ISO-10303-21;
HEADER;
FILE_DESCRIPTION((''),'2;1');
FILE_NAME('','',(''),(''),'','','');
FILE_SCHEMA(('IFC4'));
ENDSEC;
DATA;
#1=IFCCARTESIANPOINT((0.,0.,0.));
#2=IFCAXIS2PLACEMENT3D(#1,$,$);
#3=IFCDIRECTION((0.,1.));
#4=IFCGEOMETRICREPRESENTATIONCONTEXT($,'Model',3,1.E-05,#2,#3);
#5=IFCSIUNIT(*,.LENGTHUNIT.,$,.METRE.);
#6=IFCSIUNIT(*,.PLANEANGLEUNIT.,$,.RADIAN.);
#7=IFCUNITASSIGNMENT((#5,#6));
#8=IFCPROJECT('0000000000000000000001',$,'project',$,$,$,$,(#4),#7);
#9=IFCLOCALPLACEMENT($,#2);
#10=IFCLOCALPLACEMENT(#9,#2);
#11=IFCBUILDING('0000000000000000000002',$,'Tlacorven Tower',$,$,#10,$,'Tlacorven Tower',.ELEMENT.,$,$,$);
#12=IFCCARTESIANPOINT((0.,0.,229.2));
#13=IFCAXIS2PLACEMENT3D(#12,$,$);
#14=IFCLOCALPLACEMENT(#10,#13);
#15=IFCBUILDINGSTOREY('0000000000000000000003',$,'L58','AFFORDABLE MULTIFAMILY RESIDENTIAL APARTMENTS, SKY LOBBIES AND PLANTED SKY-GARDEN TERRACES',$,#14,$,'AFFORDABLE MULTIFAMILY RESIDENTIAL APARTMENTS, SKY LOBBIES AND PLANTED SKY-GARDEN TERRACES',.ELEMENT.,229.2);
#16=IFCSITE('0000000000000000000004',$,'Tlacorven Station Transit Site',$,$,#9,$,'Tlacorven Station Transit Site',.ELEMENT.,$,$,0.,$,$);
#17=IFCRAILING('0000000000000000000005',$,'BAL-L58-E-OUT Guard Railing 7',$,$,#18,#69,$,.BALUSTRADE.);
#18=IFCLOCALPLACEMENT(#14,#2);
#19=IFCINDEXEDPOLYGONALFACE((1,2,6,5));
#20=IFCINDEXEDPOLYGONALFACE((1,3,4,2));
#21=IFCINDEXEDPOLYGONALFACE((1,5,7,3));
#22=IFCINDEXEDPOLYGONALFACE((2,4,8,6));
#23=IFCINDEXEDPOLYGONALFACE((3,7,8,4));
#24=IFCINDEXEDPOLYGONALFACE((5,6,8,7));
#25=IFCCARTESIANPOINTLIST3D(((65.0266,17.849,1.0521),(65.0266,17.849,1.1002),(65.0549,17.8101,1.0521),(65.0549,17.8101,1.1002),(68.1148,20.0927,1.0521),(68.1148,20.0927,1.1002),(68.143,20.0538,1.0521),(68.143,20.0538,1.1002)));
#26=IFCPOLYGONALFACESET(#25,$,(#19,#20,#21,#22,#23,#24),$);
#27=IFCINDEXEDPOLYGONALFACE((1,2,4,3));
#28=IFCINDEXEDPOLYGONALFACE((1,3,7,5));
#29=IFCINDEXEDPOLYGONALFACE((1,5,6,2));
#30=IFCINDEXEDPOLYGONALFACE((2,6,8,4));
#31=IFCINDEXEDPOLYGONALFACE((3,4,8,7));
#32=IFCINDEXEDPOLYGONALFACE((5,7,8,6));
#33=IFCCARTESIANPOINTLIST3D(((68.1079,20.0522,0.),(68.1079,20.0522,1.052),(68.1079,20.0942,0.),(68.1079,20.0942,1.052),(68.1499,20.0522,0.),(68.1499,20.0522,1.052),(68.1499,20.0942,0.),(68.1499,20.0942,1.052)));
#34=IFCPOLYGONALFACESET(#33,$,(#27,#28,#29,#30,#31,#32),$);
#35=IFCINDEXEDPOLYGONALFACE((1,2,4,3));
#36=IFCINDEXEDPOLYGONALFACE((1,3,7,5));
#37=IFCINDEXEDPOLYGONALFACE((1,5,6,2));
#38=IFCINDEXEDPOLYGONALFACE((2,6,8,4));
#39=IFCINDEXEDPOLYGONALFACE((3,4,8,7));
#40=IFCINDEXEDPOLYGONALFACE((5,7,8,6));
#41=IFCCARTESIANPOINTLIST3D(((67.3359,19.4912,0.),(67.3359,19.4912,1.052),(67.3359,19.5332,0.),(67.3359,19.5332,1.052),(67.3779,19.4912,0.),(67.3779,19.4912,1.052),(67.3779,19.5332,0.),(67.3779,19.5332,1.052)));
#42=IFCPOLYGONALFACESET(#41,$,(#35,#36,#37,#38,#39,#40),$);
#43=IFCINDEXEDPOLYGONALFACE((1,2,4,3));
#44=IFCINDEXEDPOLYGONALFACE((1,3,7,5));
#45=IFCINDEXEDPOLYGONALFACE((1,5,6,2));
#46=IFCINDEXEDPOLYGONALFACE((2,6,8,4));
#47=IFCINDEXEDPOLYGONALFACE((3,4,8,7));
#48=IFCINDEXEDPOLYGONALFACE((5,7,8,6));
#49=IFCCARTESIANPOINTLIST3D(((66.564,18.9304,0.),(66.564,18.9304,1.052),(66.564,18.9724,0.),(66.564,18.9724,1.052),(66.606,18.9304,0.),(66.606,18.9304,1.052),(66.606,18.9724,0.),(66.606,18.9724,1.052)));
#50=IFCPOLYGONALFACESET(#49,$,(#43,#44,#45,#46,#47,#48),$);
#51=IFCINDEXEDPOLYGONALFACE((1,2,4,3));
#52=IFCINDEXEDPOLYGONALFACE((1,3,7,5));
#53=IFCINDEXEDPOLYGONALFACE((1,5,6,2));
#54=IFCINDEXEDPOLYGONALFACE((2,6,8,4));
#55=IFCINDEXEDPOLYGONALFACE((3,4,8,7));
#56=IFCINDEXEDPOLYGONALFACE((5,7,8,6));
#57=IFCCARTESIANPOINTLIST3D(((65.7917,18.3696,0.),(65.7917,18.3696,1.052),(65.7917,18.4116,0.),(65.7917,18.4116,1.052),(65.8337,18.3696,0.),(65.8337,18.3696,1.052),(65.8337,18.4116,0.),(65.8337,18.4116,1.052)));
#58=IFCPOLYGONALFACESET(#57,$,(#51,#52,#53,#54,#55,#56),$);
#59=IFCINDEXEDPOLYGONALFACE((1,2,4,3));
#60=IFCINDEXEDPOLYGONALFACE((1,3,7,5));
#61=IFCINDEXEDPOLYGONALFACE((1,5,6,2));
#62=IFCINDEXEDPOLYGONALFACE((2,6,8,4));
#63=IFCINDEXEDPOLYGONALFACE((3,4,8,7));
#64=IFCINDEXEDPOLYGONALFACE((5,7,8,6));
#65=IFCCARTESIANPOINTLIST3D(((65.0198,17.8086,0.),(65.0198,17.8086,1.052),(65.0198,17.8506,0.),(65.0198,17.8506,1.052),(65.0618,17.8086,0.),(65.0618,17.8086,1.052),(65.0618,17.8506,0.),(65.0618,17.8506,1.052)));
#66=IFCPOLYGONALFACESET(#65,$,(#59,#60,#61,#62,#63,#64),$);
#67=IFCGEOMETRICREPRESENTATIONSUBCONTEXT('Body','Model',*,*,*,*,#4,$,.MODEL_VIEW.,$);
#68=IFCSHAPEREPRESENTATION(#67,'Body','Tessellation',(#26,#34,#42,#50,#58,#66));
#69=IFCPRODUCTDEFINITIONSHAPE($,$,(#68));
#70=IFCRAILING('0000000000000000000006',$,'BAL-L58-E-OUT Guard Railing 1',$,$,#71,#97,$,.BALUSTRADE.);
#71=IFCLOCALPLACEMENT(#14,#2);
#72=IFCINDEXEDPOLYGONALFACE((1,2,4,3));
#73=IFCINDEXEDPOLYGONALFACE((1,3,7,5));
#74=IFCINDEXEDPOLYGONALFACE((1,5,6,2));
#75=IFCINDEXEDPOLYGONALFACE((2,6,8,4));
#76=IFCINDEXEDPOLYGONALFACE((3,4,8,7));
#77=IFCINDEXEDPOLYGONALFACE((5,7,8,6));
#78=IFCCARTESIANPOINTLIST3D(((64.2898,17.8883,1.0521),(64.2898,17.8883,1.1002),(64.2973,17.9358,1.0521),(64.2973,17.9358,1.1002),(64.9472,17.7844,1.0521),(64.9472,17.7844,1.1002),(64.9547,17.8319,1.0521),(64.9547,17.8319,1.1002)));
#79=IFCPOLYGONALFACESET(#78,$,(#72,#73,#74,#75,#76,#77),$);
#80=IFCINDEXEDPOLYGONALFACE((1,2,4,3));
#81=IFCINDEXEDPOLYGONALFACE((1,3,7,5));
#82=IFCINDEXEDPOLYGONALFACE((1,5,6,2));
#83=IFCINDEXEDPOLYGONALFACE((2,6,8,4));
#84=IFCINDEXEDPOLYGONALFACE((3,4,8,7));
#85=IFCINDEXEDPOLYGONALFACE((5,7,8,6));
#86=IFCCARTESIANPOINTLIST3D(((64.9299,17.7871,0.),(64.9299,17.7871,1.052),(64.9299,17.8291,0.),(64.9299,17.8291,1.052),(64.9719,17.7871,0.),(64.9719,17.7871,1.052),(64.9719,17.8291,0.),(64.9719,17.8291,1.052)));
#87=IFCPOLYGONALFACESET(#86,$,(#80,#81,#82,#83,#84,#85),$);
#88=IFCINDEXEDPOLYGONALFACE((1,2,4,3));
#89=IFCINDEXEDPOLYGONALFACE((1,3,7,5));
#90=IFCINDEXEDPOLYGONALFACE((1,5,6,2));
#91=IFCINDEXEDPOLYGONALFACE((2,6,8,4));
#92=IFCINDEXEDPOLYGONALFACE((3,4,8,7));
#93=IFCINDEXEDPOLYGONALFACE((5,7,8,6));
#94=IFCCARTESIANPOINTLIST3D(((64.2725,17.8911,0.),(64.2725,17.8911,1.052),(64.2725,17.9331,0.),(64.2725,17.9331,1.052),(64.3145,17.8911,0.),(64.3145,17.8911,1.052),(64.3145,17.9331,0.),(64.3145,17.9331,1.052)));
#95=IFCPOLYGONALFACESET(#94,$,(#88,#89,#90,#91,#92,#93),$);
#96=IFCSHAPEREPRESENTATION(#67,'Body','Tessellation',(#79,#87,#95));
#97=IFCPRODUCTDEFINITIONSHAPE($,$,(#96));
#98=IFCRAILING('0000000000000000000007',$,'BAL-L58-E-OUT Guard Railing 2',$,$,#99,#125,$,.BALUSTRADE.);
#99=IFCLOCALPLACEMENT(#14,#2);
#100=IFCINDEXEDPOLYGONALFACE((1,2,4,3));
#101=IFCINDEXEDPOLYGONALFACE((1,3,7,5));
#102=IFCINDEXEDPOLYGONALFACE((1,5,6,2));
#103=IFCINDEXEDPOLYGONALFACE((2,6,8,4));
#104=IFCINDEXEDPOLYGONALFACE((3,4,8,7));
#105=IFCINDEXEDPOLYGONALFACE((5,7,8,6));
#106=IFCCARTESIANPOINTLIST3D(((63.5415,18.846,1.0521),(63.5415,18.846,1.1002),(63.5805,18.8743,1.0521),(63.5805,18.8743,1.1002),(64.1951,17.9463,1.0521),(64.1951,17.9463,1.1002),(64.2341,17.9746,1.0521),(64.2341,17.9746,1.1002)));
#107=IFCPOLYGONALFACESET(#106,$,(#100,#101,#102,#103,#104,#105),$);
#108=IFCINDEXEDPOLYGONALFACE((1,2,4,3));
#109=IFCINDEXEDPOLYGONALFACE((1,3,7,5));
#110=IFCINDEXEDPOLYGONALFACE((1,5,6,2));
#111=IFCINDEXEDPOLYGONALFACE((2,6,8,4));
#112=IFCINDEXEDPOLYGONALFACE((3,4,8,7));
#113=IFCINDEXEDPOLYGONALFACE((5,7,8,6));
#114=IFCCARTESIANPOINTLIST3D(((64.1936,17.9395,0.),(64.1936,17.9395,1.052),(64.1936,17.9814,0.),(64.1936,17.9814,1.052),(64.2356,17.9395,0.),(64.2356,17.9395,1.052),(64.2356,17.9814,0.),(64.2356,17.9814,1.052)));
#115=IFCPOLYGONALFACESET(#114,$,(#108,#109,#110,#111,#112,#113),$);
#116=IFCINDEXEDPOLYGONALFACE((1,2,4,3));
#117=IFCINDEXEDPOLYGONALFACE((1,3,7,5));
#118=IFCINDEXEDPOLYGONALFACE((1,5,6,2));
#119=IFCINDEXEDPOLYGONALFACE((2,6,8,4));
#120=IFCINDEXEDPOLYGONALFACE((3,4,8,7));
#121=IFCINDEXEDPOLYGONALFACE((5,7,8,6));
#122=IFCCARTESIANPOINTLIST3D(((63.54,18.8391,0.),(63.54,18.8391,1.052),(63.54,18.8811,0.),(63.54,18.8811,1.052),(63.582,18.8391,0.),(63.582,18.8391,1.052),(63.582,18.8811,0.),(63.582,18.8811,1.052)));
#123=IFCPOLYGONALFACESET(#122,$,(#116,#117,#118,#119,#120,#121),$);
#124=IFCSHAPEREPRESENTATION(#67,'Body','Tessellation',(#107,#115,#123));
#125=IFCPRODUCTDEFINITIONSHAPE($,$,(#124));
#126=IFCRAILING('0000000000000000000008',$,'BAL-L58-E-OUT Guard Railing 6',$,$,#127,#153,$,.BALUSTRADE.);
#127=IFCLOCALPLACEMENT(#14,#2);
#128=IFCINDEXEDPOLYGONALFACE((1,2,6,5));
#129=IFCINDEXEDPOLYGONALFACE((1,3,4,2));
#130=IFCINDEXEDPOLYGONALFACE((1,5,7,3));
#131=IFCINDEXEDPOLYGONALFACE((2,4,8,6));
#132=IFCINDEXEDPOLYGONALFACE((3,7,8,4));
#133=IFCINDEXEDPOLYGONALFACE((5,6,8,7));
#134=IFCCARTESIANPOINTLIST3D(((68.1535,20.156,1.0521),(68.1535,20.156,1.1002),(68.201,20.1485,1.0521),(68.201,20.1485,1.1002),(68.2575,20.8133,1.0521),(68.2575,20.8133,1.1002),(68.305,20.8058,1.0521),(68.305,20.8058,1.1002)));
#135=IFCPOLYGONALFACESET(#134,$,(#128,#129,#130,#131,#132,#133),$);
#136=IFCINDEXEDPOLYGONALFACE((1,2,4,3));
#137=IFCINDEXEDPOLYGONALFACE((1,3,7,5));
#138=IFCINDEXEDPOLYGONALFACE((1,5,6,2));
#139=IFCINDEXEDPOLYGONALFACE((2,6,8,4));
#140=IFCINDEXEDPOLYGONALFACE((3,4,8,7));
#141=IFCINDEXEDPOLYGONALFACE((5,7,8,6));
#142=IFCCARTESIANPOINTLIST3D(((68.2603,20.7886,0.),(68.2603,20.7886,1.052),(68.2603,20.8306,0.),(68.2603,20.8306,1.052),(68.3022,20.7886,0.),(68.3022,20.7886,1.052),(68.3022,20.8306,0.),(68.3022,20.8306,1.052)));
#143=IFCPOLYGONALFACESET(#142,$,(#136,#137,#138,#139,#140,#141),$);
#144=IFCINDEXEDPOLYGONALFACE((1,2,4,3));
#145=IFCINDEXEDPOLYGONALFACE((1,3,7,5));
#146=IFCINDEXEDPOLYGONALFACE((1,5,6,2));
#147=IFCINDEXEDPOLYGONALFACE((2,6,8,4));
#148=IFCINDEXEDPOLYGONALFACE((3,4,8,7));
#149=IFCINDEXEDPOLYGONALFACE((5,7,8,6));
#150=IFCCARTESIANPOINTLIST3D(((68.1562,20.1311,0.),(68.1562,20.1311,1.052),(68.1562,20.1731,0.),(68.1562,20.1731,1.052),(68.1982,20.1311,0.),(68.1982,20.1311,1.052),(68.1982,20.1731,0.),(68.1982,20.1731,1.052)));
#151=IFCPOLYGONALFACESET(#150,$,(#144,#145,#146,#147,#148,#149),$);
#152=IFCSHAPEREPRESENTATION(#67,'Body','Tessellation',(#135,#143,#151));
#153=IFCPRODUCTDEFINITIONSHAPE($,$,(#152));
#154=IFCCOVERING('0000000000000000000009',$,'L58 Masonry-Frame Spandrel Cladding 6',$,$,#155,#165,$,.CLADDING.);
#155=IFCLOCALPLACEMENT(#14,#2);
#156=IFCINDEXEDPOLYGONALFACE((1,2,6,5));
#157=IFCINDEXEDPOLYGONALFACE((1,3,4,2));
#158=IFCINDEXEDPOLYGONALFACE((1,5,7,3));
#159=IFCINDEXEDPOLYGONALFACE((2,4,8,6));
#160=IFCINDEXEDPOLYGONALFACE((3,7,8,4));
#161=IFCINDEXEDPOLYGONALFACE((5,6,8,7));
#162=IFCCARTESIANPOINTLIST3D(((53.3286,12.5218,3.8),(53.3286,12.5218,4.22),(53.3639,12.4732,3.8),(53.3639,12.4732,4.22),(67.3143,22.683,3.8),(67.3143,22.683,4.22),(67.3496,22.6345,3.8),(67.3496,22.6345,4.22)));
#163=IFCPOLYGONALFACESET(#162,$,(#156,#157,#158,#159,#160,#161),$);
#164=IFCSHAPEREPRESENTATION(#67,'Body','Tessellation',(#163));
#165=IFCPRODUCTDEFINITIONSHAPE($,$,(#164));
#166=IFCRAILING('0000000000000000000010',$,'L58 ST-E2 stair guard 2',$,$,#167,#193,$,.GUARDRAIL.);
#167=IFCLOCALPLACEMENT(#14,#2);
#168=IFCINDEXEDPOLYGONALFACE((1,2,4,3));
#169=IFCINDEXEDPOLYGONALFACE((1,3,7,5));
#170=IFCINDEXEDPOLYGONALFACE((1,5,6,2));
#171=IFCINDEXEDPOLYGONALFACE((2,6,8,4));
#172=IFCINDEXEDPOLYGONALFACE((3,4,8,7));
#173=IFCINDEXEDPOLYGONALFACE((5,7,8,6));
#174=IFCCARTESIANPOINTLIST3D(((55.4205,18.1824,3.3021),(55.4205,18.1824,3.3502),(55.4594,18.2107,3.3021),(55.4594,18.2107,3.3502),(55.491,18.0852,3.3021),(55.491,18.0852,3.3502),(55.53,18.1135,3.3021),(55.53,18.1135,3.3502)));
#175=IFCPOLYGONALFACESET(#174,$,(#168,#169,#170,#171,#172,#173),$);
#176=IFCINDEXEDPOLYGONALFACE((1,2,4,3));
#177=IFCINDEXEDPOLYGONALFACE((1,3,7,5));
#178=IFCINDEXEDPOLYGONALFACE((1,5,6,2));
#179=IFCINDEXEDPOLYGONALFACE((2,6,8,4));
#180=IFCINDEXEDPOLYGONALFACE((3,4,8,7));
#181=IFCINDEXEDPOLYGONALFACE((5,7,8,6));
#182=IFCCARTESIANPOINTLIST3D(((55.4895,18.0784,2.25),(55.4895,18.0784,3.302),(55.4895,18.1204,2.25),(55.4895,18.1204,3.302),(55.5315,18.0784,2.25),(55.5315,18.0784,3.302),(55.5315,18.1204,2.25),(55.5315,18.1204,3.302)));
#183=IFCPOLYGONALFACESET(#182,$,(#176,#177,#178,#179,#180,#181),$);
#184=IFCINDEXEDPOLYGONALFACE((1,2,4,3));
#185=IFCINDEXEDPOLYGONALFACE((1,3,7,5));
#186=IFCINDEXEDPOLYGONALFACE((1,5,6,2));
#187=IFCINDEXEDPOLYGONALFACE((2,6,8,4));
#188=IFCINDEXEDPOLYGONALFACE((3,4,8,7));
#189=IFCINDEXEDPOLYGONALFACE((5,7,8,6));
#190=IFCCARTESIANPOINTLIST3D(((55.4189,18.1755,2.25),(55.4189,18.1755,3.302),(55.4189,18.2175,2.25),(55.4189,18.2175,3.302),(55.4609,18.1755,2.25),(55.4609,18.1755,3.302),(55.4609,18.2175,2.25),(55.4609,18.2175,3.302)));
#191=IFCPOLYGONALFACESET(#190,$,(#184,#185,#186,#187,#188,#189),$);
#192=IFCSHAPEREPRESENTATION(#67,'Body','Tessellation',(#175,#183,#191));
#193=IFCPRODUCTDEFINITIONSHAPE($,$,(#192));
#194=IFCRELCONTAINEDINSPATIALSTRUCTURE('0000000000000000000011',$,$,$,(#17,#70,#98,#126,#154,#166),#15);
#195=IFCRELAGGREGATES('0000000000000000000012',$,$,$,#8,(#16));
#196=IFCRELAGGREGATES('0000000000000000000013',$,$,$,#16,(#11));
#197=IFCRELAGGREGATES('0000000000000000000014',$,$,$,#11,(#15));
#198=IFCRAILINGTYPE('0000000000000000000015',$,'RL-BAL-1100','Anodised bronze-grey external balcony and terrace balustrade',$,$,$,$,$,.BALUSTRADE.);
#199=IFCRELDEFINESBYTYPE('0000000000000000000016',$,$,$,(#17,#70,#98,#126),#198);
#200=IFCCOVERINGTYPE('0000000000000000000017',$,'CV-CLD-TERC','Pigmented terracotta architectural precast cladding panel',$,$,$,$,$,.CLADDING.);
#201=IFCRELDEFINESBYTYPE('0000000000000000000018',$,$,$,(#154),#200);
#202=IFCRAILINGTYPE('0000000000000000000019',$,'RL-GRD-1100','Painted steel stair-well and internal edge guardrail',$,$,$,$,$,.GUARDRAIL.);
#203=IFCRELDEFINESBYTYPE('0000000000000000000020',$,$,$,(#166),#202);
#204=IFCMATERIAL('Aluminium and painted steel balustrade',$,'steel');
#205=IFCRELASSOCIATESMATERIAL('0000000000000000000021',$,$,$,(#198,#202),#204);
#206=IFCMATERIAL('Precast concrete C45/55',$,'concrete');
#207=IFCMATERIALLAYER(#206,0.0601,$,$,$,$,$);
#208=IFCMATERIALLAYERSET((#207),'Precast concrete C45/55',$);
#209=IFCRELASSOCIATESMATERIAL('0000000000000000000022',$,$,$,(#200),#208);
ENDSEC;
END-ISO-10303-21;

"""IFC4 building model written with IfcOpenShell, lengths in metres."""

from ifc_helpers import new_model, si_unit, direction, frame, origin, origin_2d, place, context, subcontext, project, spatial, rectangle, extrude, source, transform, mapped, material, layer, layer_set, type_object, element, save


model = new_model("IFC4")

# Units and contexts
model_context = context("Model", 3, precision=1e-05, world=origin(), true_north=direction((0.0, 1.0)))
body_context = subcontext(model_context, "Body", "Model", "MODEL_VIEW")
ifc_project = project(units=[si_unit("LENGTHUNIT", "METRE"), si_unit("PLANEANGLEUNIT", "RADIAN")], contexts=[model_context])

# Site, building, storey
site_placement = place(None, origin())
site = spatial("IfcSite", under=ifc_project, at=site_placement, Name="Tlacorven Station Transit Site", LongName="Tlacorven Station Transit Site", CompositionType="ELEMENT", RefElevation=0.0)
building_placement = place(site_placement, origin())
building = spatial("IfcBuilding", under=site, at=building_placement, Name="Tlacorven Tower", LongName="Tlacorven Tower", CompositionType="ELEMENT")
storey_placement = place(building_placement, frame((0.0, 0.0, 229.2)))
storey = spatial("IfcBuildingStorey", under=building, at=storey_placement, Name="L58", Description="AFFORDABLE MULTIFAMILY RESIDENTIAL APARTMENTS, SKY LOBBIES AND PLANTED SKY-GARDEN TERRACES", LongName="AFFORDABLE MULTIFAMILY RESIDENTIAL APARTMENTS, SKY LOBBIES AND PLANTED SKY-GARDEN TERRACES", CompositionType="ELEMENT", Elevation=229.2)

# Railings
ifc_material_1 = material(Name="Aluminium and painted steel balustrade", Category="steel")
railing_type_1 = type_object("IfcRailingType", Name="RL-BAL-1100", Description="Anodised bronze-grey external balcony and terrace balustrade", PredefinedType="BALUSTRADE", material=ifc_material_1)
shared_shape_1 = source(origin(), body_context, "Body", "SweptSolid", [
    extrude(rectangle(XDim=0.0481, YDim=0.0481, at=origin_2d()), frame((0.0, 0.0, 1.0762), z_axis=(-0.809018, -0.587784, 0.0), x_axis=(0.587784, -0.809018, 0.0)), (0.0, 0.0, 1.0), 3.8171),
    extrude(rectangle(XDim=0.042, YDim=0.042, at=origin_2d()), origin(), (0.0, 0.0, 1.0), 1.052),
    extrude(rectangle(XDim=0.042, YDim=0.042, at=origin_2d()), frame((-0.772, -0.561, 0.0)), (0.0, 0.0, 1.0), 1.052),
    extrude(rectangle(XDim=0.042, YDim=0.042, at=origin_2d()), frame((-1.5439, -1.1218, 0.0)), (0.0, 0.0, 1.0), 1.052),
    extrude(rectangle(XDim=0.042, YDim=0.042, at=origin_2d()), frame((-2.3162, -1.6826, 0.0)), (0.0, 0.0, 1.0), 1.052),
    extrude(rectangle(XDim=0.042, YDim=0.042, at=origin_2d()), frame((-3.0881, -2.2437, 0.0)), (0.0, 0.0, 1.0), 1.052),
])
railing_1_placement = place(storey_placement, frame((68.1289, 20.0732, 0.0)))
element("IfcRailing", 1, at=railing_1_placement, inside=storey, type_object=railing_type_1, Name="BAL-L58-E-OUT Guard Railing 7", PredefinedType="BALUSTRADE", context=body_context, shape_type="MappedRepresentation", body=[
    mapped(shared_shape_1, transform((0.0, 0.0, 0.0), scale=1.0)),
])
shared_shape_2 = source(origin(), body_context, "Body", "SweptSolid", [
    extrude(rectangle(XDim=0.0481, YDim=0.0481, at=origin_2d()), frame((0.0, 0.0, 1.0762), z_axis=(-0.987718, 0.156245, 0.0), x_axis=(-0.156245, -0.987718, 0.0)), (0.0, 0.0, 1.0), 0.6655),
    extrude(rectangle(XDim=0.042, YDim=0.042, at=origin_2d()), origin(), (0.0, 0.0, 1.0), 1.052),
    extrude(rectangle(XDim=0.042, YDim=0.042, at=origin_2d()), frame((-0.6575, 0.104, 0.0)), (0.0, 0.0, 1.0), 1.052),
])
railing_2_placement = place(storey_placement, frame((64.9509, 17.8081, 0.0)))
element("IfcRailing", 2, at=railing_2_placement, inside=storey, type_object=railing_type_1, Name="BAL-L58-E-OUT Guard Railing 1", PredefinedType="BALUSTRADE", context=body_context, shape_type="MappedRepresentation", body=[
    mapped(shared_shape_2, transform((0.0, 0.0, 0.0), scale=1.0)),
])
shared_shape_3 = source(origin(), body_context, "Body", "SweptSolid", [
    extrude(rectangle(XDim=0.0481, YDim=0.0481, at=origin_2d()), frame((0.0, 0.0, 1.0762), z_axis=(-0.587741, 0.809049, 0.0), x_axis=(-0.809049, -0.587741, 0.0)), (0.0, 0.0, 1.0), 1.1121),
    extrude(rectangle(XDim=0.042, YDim=0.042, at=origin_2d()), origin(), (0.0, 0.0, 1.0), 1.052),
    extrude(rectangle(XDim=0.042, YDim=0.042, at=origin_2d()), frame((-0.6536, 0.8997, 0.0)), (0.0, 0.0, 1.0), 1.052),
])
railing_3_placement = place(storey_placement, frame((64.2146, 17.9604, 0.0)))
element("IfcRailing", 3, at=railing_3_placement, inside=storey, type_object=railing_type_1, Name="BAL-L58-E-OUT Guard Railing 2", PredefinedType="BALUSTRADE", context=body_context, shape_type="MappedRepresentation", body=[
    mapped(shared_shape_3, transform((0.0, 0.0, 0.0), scale=1.0)),
])
shared_shape_4 = source(origin(), body_context, "Body", "SweptSolid", [
    extrude(rectangle(XDim=0.0481, YDim=0.0481, at=origin_2d()), frame((0.0, 0.0, 1.0762), z_axis=(-0.156245, -0.987718, 0.0), x_axis=(0.987718, -0.156245, 0.0)), (0.0, 0.0, 1.0), 0.6655),
    extrude(rectangle(XDim=0.042, YDim=0.042, at=origin_2d()), origin(), (0.0, 0.0, 1.0), 1.052),
    extrude(rectangle(XDim=0.042, YDim=0.042, at=origin_2d()), frame((-0.104, -0.6575, 0.0)), (0.0, 0.0, 1.0), 1.052),
])
railing_4_placement = place(storey_placement, frame((68.2812, 20.8096, 0.0)))
element("IfcRailing", 4, at=railing_4_placement, inside=storey, type_object=railing_type_1, Name="BAL-L58-E-OUT Guard Railing 6", PredefinedType="BALUSTRADE", context=body_context, shape_type="MappedRepresentation", body=[
    mapped(shared_shape_4, transform((0.0, 0.0, 0.0), scale=1.0)),
])

# Covering
ifc_material_2 = material(Name="Precast concrete C45/55", Category="concrete")
ifc_layer_1 = layer(ifc_material_2, 0.0601)
ifc_layer_set_1 = layer_set([ifc_layer_1], Name="Precast concrete C45/55")
covering_type = type_object("IfcCoveringType", Name="CV-CLD-TERC", Description="Pigmented terracotta architectural precast cladding panel", PredefinedType="CLADDING", material=ifc_layer_set_1)
shared_shape_5 = source(origin(), body_context, "Body", "SweptSolid", [
    extrude(rectangle(XDim=17.2874, YDim=0.0601, at=origin_2d()), origin(), (0.0, 0.0, 1.0), 0.4199),
])
covering_placement = place(storey_placement, frame((60.3391, 17.5781, 3.8), z_axis=(0.0, 0.0, 1.0), x_axis=(-0.809017, -0.587785, 0.0)))
element("IfcCovering", 5, at=covering_placement, inside=storey, type_object=covering_type, Name="L58 Masonry-Frame Spandrel Cladding 6", PredefinedType="CLADDING", context=body_context, shape_type="MappedRepresentation", body=[
    mapped(shared_shape_5, transform((0.0, 0.0, 0.0), scale=1.0)),
])

# Railing
railing_type_2 = type_object("IfcRailingType", Name="RL-GRD-1100", Description="Painted steel stair-well and internal edge guardrail", PredefinedType="GUARDRAIL", material=ifc_material_1)
shared_shape_6 = source(origin(), body_context, "Body", "SweptSolid", [
    extrude(rectangle(XDim=0.0481, YDim=0.0481, at=origin_2d()), frame((0.0, 0.0, 1.0762), z_axis=(-0.587567, 0.809175, 0.0), x_axis=(-0.809175, -0.587567, 0.0)), (0.0, 0.0, 1.0), 0.1201),
    extrude(rectangle(XDim=0.042, YDim=0.042, at=origin_2d()), origin(), (0.0, 0.0, 1.0), 1.052),
    extrude(rectangle(XDim=0.042, YDim=0.042, at=origin_2d()), frame((-0.0706, 0.0972, 0.0)), (0.0, 0.0, 1.0), 1.052),
])
railing_5_placement = place(storey_placement, frame((55.5105, 18.0994, 2.25)))
element("IfcRailing", 6, at=railing_5_placement, inside=storey, type_object=railing_type_2, Name="L58 ST-E2 stair guard 2", PredefinedType="GUARDRAIL", context=body_context, shape_type="MappedRepresentation", body=[
    mapped(shared_shape_6, transform((0.0, 0.0, 0.0), scale=1.0)),
])

save(model, "model.ifc")
